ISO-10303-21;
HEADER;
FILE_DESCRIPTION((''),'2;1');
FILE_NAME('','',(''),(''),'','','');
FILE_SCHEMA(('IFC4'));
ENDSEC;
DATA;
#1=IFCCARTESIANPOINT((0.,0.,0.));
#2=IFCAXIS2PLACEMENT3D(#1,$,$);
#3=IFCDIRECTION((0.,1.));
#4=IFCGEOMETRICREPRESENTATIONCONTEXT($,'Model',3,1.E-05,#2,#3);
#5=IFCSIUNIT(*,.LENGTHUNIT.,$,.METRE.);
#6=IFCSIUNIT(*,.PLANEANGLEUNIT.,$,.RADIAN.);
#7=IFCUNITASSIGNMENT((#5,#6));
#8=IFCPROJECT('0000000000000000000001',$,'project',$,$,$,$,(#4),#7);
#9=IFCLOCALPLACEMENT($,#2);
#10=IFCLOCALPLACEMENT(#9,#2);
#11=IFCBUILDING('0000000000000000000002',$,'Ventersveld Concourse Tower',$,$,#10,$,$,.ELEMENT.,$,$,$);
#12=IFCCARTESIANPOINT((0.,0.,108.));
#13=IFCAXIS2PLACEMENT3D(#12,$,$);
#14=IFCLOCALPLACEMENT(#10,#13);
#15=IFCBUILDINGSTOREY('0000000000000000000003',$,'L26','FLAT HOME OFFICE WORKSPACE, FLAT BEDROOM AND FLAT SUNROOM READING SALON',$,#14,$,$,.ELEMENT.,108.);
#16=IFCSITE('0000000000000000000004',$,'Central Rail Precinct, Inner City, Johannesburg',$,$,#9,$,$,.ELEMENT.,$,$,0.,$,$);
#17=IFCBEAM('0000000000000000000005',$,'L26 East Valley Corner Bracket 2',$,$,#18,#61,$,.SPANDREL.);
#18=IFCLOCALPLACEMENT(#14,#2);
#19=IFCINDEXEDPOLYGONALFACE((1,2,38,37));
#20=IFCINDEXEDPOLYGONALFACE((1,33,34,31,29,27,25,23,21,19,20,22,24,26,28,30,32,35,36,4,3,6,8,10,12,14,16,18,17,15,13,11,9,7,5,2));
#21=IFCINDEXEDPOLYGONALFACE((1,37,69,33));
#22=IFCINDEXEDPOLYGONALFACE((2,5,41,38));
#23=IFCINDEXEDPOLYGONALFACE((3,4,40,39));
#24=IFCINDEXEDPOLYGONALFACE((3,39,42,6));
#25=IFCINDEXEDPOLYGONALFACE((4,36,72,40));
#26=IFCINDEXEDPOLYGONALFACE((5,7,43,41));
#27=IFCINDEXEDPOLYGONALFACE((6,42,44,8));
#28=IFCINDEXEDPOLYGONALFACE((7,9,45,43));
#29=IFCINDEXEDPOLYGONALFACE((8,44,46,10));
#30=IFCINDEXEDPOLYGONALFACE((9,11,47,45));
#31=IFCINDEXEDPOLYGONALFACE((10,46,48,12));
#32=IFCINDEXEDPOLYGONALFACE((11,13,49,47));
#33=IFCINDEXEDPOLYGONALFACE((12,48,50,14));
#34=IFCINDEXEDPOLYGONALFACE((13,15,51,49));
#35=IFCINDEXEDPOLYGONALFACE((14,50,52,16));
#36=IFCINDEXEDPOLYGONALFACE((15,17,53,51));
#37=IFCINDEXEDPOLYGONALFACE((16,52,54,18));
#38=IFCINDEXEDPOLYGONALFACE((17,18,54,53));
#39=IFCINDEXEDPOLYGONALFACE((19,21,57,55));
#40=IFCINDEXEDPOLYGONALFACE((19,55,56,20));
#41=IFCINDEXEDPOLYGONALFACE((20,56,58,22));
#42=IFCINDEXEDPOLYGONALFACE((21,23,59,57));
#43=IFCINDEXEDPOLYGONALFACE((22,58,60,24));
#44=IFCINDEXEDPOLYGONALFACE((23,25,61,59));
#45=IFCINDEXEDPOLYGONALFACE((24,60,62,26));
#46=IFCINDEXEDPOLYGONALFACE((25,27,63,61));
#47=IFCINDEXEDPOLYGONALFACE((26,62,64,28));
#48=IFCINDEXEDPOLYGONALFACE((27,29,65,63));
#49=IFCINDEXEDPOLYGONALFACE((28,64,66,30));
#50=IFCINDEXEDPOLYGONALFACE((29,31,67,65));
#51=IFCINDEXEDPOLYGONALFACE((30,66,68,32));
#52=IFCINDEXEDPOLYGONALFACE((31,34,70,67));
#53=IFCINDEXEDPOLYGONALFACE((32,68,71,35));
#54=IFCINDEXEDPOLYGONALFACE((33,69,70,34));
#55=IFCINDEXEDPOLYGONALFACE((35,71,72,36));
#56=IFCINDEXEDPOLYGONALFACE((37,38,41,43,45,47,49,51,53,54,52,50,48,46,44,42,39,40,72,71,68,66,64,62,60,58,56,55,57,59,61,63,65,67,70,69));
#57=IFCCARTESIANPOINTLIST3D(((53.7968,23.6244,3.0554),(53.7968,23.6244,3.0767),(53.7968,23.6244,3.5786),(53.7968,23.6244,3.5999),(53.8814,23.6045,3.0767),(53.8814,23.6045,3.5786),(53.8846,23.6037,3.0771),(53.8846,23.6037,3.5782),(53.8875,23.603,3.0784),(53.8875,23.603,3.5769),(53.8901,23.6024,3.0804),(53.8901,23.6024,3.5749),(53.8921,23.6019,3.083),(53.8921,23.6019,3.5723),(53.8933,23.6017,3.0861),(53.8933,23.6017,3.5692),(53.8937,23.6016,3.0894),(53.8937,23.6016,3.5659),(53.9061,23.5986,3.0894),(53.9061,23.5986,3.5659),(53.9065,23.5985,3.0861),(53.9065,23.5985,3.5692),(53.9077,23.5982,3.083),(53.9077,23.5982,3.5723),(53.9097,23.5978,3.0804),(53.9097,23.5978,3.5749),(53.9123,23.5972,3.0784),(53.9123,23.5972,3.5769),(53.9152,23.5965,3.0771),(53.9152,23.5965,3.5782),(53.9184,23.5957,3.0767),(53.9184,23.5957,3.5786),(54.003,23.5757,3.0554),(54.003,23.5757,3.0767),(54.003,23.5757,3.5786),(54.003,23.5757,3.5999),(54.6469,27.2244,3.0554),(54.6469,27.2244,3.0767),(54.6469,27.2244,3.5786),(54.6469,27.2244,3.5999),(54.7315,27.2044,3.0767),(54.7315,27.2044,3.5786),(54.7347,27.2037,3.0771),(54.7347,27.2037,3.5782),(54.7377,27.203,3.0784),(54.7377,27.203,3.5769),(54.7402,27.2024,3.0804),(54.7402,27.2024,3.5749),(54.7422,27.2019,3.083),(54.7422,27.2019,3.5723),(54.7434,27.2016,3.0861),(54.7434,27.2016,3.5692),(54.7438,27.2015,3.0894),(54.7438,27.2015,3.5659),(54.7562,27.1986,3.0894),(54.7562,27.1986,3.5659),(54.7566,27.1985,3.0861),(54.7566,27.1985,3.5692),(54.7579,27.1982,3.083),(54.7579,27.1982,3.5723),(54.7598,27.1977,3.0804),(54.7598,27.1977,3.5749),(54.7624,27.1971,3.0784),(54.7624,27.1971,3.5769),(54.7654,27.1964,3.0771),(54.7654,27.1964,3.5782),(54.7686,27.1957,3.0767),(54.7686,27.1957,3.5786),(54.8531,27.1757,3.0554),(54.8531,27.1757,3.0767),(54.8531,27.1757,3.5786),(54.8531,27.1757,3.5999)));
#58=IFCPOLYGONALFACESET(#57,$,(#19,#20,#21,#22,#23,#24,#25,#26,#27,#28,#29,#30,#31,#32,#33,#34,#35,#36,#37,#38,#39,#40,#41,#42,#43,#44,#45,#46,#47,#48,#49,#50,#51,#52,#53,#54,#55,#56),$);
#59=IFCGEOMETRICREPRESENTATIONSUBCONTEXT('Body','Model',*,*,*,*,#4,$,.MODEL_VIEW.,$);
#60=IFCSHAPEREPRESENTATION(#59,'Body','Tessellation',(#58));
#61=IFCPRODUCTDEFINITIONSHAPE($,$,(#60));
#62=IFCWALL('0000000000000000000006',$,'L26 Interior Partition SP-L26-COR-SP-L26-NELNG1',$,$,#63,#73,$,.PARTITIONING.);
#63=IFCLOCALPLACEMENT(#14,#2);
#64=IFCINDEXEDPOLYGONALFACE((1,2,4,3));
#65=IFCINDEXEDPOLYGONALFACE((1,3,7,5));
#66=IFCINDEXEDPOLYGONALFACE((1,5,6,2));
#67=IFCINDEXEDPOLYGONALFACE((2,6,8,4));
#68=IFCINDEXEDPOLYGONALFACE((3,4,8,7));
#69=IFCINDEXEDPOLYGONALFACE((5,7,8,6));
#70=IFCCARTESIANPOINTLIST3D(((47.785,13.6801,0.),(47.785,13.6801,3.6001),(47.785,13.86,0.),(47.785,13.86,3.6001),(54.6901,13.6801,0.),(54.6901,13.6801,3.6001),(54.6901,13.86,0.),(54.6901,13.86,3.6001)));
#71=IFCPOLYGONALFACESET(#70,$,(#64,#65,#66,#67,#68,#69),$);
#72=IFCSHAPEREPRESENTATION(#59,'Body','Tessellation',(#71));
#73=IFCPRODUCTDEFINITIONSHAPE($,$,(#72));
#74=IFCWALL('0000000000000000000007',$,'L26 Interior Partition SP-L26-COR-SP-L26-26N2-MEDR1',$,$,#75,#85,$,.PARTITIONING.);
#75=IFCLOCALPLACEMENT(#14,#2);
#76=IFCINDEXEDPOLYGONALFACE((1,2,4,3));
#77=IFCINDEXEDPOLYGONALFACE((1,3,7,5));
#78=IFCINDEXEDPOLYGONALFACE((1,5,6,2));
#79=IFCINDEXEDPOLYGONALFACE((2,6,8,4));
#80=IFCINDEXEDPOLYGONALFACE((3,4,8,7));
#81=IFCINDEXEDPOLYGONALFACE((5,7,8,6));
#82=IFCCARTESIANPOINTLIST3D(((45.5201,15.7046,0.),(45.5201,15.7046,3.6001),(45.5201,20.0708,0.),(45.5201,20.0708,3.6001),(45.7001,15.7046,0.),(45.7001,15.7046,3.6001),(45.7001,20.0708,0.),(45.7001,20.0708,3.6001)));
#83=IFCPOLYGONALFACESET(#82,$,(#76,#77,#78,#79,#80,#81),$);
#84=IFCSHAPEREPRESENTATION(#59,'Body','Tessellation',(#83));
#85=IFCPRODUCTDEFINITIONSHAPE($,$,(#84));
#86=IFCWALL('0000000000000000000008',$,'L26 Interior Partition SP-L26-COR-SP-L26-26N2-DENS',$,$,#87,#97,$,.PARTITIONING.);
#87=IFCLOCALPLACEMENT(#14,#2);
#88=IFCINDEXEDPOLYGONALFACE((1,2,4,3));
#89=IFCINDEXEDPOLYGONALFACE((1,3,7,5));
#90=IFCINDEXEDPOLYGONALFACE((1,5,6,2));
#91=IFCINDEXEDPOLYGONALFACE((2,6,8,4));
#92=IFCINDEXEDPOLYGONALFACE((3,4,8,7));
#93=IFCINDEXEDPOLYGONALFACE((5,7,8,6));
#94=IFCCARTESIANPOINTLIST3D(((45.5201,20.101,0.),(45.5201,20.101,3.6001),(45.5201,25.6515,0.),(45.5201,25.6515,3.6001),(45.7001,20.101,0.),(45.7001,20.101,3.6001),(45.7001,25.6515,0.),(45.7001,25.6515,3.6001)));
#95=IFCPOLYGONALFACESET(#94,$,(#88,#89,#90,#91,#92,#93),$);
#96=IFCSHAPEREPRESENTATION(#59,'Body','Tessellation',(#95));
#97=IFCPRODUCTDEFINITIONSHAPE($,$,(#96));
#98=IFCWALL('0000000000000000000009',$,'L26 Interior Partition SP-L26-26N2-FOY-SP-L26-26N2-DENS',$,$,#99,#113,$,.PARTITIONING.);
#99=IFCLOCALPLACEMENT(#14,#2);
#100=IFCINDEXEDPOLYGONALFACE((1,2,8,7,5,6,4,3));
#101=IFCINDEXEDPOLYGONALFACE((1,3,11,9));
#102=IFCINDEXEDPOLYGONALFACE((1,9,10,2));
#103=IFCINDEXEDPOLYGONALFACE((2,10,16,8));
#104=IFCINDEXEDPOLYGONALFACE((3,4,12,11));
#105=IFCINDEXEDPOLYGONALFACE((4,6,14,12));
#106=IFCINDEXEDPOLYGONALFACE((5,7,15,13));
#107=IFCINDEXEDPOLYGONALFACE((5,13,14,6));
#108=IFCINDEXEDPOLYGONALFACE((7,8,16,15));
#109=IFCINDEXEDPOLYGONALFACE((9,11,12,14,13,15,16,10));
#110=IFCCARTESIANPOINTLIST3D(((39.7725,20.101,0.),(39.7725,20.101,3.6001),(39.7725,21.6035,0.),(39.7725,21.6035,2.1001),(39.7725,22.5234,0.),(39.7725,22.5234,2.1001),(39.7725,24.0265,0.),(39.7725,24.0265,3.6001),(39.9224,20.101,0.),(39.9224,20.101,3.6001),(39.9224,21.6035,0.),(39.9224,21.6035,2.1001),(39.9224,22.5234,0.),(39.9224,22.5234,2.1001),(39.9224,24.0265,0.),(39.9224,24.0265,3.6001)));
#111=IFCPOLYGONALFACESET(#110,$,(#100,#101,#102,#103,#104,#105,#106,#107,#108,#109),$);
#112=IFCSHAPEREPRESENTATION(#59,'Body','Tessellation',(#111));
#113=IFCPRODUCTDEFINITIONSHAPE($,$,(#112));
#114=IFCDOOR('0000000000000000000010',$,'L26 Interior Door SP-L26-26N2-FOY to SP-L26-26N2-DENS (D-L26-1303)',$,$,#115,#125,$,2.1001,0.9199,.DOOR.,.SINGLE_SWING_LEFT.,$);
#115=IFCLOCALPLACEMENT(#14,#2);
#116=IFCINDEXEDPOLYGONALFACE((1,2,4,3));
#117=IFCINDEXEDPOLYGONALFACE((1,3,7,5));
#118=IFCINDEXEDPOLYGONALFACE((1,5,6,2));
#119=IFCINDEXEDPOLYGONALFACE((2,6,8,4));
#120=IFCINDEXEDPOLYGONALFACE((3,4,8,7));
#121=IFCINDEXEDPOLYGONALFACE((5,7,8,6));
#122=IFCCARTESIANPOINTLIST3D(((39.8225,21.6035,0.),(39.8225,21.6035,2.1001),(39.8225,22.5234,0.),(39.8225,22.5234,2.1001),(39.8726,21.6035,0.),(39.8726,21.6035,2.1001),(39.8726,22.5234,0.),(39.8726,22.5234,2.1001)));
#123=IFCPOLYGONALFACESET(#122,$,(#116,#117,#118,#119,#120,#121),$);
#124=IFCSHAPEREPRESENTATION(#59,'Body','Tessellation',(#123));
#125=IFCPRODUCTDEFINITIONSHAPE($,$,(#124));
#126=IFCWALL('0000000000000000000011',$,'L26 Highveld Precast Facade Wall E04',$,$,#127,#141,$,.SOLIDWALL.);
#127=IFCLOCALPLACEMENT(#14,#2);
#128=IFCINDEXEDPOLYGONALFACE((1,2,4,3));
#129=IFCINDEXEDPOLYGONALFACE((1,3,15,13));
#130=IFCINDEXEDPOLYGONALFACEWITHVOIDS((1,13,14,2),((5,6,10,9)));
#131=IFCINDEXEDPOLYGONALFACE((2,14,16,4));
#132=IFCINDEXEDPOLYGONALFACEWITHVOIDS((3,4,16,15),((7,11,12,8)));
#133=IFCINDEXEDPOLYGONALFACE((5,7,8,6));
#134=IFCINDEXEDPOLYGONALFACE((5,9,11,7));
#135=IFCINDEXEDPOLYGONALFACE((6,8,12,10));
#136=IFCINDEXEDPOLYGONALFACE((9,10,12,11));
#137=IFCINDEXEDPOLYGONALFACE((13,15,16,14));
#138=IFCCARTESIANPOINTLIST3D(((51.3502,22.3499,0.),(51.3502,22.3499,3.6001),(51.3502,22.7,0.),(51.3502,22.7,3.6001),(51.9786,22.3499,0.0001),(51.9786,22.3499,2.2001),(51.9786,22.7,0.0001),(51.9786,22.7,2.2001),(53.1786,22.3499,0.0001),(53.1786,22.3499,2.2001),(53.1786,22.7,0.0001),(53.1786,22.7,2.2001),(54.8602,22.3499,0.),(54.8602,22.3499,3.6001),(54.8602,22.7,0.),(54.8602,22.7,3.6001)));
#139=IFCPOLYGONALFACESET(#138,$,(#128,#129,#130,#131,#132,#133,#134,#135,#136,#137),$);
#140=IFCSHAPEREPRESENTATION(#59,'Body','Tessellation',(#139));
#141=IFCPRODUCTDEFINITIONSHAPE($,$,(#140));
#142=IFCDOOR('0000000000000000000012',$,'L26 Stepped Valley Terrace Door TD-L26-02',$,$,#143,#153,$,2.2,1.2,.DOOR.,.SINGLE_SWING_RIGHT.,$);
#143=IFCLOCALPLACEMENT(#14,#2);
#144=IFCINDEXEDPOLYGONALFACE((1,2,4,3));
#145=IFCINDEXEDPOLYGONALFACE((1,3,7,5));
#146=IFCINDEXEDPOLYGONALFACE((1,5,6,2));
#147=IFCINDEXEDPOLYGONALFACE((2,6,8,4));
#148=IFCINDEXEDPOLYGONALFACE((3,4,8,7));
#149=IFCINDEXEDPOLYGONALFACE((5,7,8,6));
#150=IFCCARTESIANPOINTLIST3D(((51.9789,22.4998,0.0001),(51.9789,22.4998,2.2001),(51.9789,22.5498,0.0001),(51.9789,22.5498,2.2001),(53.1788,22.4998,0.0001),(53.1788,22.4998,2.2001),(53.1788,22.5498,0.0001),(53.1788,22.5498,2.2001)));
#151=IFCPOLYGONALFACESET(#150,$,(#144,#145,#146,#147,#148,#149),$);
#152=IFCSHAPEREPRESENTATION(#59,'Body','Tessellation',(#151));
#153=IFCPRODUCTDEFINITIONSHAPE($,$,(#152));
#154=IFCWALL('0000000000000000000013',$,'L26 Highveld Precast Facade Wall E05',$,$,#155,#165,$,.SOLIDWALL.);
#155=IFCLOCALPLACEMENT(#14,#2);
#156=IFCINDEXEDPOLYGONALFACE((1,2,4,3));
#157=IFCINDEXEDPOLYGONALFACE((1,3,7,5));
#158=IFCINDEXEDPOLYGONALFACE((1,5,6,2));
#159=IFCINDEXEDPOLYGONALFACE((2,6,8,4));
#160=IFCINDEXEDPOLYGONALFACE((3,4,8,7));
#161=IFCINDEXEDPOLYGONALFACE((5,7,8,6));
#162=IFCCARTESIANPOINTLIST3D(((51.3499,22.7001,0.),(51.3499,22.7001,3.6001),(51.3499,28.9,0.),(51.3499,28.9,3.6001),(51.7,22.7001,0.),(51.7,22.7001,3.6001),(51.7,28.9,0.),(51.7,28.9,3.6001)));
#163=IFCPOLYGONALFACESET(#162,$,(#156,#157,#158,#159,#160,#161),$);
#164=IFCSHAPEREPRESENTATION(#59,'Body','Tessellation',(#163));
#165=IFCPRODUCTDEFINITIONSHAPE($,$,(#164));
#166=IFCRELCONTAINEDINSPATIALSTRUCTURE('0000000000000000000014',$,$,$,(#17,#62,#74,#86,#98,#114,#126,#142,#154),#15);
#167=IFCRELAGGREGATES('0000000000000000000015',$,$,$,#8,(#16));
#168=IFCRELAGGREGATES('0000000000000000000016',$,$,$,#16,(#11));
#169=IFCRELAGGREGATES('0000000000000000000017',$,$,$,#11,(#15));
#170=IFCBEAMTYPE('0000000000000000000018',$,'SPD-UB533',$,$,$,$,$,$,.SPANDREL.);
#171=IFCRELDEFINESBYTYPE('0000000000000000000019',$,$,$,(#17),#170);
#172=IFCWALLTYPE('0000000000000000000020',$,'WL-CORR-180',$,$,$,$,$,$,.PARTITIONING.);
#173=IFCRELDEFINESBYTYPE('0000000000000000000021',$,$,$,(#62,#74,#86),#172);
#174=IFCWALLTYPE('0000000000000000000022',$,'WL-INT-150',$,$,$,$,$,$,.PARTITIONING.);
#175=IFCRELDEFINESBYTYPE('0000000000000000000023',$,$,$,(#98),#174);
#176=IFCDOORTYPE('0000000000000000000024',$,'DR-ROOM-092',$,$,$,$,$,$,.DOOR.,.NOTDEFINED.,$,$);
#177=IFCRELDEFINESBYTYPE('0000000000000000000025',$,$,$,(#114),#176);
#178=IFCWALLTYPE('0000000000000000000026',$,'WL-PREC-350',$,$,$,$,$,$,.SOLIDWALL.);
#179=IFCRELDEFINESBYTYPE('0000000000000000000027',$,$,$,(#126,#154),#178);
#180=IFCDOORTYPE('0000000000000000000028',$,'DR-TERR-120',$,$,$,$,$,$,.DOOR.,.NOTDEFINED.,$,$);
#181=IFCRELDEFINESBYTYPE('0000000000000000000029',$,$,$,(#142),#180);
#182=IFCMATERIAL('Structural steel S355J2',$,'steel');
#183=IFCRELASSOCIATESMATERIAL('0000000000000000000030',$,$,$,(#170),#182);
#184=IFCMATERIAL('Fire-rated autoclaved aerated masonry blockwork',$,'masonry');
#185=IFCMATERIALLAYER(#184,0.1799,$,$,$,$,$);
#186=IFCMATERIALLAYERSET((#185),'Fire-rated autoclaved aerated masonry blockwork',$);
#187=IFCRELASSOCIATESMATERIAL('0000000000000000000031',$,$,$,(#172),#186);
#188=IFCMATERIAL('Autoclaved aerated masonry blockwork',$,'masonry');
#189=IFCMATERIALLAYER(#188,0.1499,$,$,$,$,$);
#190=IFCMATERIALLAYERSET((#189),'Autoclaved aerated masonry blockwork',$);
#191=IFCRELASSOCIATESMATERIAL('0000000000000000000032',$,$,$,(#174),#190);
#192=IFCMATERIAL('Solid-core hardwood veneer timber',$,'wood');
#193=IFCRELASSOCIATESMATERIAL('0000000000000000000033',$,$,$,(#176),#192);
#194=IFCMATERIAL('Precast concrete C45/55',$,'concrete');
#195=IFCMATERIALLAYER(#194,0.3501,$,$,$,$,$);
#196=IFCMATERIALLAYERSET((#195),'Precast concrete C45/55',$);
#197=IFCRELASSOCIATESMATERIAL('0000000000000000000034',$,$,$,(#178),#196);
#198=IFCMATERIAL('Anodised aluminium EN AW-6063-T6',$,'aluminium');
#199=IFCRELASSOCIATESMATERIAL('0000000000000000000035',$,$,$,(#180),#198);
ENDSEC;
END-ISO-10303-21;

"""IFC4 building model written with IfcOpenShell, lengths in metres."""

from ifc_helpers import new_model, si_unit, direction, frame, frame_2d, origin, origin_2d, place, context, subcontext, project, spatial, rectangle, i_section, extrude, material, layer, layer_set, material_profile, profile_set, type_object, element, fill, save


model = new_model("IFC4")

# Units and contexts
model_context = context("Model", 3, precision=1e-05, world=origin(), true_north=direction((0.0, 1.0)))
body_context = subcontext(model_context, "Body", "Model", "MODEL_VIEW")
ifc_project = project(units=[si_unit("LENGTHUNIT", "METRE"), si_unit("PLANEANGLEUNIT", "RADIAN")], contexts=[model_context])

# Site, building, storey
site_placement = place(None, origin())
site = spatial("IfcSite", under=ifc_project, at=site_placement, Name="Central Rail Precinct, Inner City, Johannesburg", CompositionType="ELEMENT", RefElevation=0.0)
building_placement = place(site_placement, origin())
building = spatial("IfcBuilding", under=site, at=building_placement, Name="Ventersveld Concourse Tower", CompositionType="ELEMENT")
storey_placement = place(building_placement, frame((0.0, 0.0, 108.0)))
storey = spatial("IfcBuildingStorey", under=building, at=storey_placement, Name="L26", Description="FLAT HOME OFFICE WORKSPACE, FLAT BEDROOM AND FLAT SUNROOM READING SALON", CompositionType="ELEMENT", Elevation=108.0)

# Beam
ifc_material_1 = material(Name="Structural steel S355J2", Category="steel")
ifc_material_profile_1 = material_profile(ifc_material_1, i_section(OverallWidth=0.2119, OverallDepth=0.5444, WebThickness=0.0127, FlangeThickness=0.0212, FilletRadius=0.0127, at=origin_2d()), Name="UB 533x210x122")
ifc_profile_set_1 = profile_set([ifc_material_profile_1], Name="Structural steel S355J2")
beam_type_1 = type_object("IfcBeamType", Name="SPD-UB533", PredefinedType="SPANDREL", material=ifc_profile_set_1)
beam_1_placement = place(storey_placement, frame((53.8999, 23.6001, 3.3276), z_axis=(0.229827, 0.973232, 0.0), x_axis=(-0.973232, 0.229827, 0.0)))
element("IfcBeam", 1, at=beam_1_placement, inside=storey, type_object=beam_type_1, Name="L26 East Valley Corner Bracket 2", PredefinedType="SPANDREL", context=body_context, shape_type="SweptSolid", body=[
    extrude(i_section(OverallWidth=0.2119, OverallDepth=0.5444, WebThickness=0.0127, FlangeThickness=0.0212, FilletRadius=0.0127, at=origin_2d()), origin(), (0.0, 0.0, 1.0), 3.699),
])

# Walls
ifc_material_2 = material(Name="Fire-rated autoclaved aerated masonry blockwork", Category="masonry")
ifc_layer_1 = layer(ifc_material_2, 0.1799)
ifc_layer_set_1 = layer_set([ifc_layer_1], Name="Fire-rated autoclaved aerated masonry blockwork")
wall_type_1 = type_object("IfcWallType", Name="WL-CORR-180", PredefinedType="PARTITIONING", material=ifc_layer_set_1)
wall_1_placement = place(storey_placement, frame((47.7849, 13.77, 0.0), z_axis=(0.0, 0.0, 1.0), x_axis=(1.0, 0.0, 0.0)))
element("IfcWall", 2, at=wall_1_placement, inside=storey, type_object=wall_type_1, Name="L26 Interior Partition SP-L26-COR-SP-L26-NELNG1", PredefinedType="PARTITIONING", context=body_context, shape_type="SweptSolid", body=[
    extrude(rectangle(XDim=6.905, YDim=0.1799, at=frame_2d((3.4526, 0.0))), origin(), (0.0, 0.0, 1.0), 3.6001),
])
wall_2_placement = place(storey_placement, frame((45.6101, 15.7046, 0.0), z_axis=(0.0, 0.0, 1.0), x_axis=(0.0, 1.0, 0.0)))
element("IfcWall", 3, at=wall_2_placement, inside=storey, type_object=wall_type_1, Name="L26 Interior Partition SP-L26-COR-SP-L26-26N2-MEDR1", PredefinedType="PARTITIONING", context=body_context, shape_type="SweptSolid", body=[
    extrude(rectangle(XDim=4.3662, YDim=0.1799, at=frame_2d((2.1831, 0.0))), origin(), (0.0, 0.0, 1.0), 3.6001),
])
wall_3_placement = place(storey_placement, frame((45.6101, 20.1008, 0.0), z_axis=(0.0, 0.0, 1.0), x_axis=(0.0, 1.0, 0.0)))
element("IfcWall", 4, at=wall_3_placement, inside=storey, type_object=wall_type_1, Name="L26 Interior Partition SP-L26-COR-SP-L26-26N2-DENS", PredefinedType="PARTITIONING", context=body_context, shape_type="SweptSolid", body=[
    extrude(rectangle(XDim=5.5505, YDim=0.1799, at=frame_2d((2.7754, 0.0))), origin(), (0.0, 0.0, 1.0), 3.6001),
])

# Walls, openings, doors
ifc_material_3 = material(Name="Autoclaved aerated masonry blockwork", Category="masonry")
ifc_layer_2 = layer(ifc_material_3, 0.1499)
ifc_layer_set_2 = layer_set([ifc_layer_2], Name="Autoclaved aerated masonry blockwork")
wall_type_2 = type_object("IfcWallType", Name="WL-INT-150", PredefinedType="PARTITIONING", material=ifc_layer_set_2)
wall_4_placement = place(storey_placement, frame((39.8474, 20.1008, 0.0), z_axis=(0.0, 0.0, 1.0), x_axis=(0.0, 1.0, 0.0)))
wall_4 = element("IfcWall", 5, at=wall_4_placement, inside=storey, type_object=wall_type_2, Name="L26 Interior Partition SP-L26-26N2-FOY-SP-L26-26N2-DENS", PredefinedType="PARTITIONING", context=body_context, shape_type="SweptSolid", body=[
    extrude(rectangle(XDim=3.9255, YDim=0.1499, at=frame_2d((1.9629, 0.0))), origin(), (0.0, 0.0, 1.0), 3.6001),
])
opening_1_placement = place(wall_4_placement, frame((1.5027, 0.0, 0.0)))
opening_1 = element("IfcOpeningElement", 6, at=opening_1_placement, cuts=wall_4, PredefinedType="OPENING", context=body_context, shape_type="SweptSolid", body=[
    extrude(rectangle(XDim=0.9199, YDim=2.1001, at=frame_2d((0.46, 1.05))), frame((0.0, 0.085, 0.0), z_axis=(0.0, -1.0, 0.0), x_axis=(1.0, 0.0, 0.0)), (0.0, 0.0, 1.0), 0.1699),
])
ifc_material_4 = material(Name="Solid-core hardwood veneer timber", Category="wood")
door_type_1 = type_object("IfcDoorType", Name="DR-ROOM-092", OperationType="NOTDEFINED", PredefinedType="DOOR", material=ifc_material_4)
door_1_placement = place(opening_1_placement, origin())
door_1 = element("IfcDoor", 7, at=door_1_placement, inside=storey, type_object=door_type_1, Name="L26 Interior Door SP-L26-26N2-FOY to SP-L26-26N2-DENS (D-L26-1303)", OperationType="SINGLE_SWING_LEFT", OverallHeight=2.1001, OverallWidth=0.9199, PredefinedType="DOOR", context=body_context, shape_type="SweptSolid", body=[
    extrude(rectangle(XDim=0.9199, YDim=2.1001, at=frame_2d((0.46, 1.05))), frame((0.0, 0.0249, 0.0), z_axis=(0.0, -1.0, 0.0), x_axis=(1.0, 0.0, 0.0)), (0.0, 0.0, 1.0), 0.05),
])
fill(opening_1, door_1)
ifc_material_5 = material(Name="Precast concrete C45/55", Category="concrete")
ifc_layer_3 = layer(ifc_material_5, 0.3501)
ifc_layer_set_3 = layer_set([ifc_layer_3], Name="Precast concrete C45/55")
wall_type_3 = type_object("IfcWallType", Name="WL-PREC-350", PredefinedType="SOLIDWALL", material=ifc_layer_set_3)
wall_5_placement = place(storey_placement, frame((54.8601, 22.5249, 0.0), z_axis=(0.0, 0.0, 1.0), x_axis=(-1.0, 0.0, 0.0)))
wall_5 = element("IfcWall", 8, at=wall_5_placement, inside=storey, type_object=wall_type_3, Name="L26 Highveld Precast Facade Wall E04", PredefinedType="SOLIDWALL", context=body_context, shape_type="SweptSolid", body=[
    extrude(rectangle(XDim=3.51, YDim=0.3501, at=frame_2d((1.7549, 0.0))), origin(), (0.0, 0.0, 1.0), 3.6001),
])
opening_2_placement = place(wall_5_placement, frame((1.6814, 0.0, 0.0)))
opening_2 = element("IfcOpeningElement", 9, at=opening_2_placement, cuts=wall_5, PredefinedType="OPENING", context=body_context, shape_type="SweptSolid", body=[
    extrude(rectangle(XDim=1.2, YDim=2.2, at=frame_2d((0.6001, 1.1001))), frame((0.0, 0.1851, 0.0), z_axis=(0.0, -1.0, 0.0), x_axis=(1.0, 0.0, 0.0)), (0.0, 0.0, 1.0), 0.3701),
])
ifc_material_6 = material(Name="Anodised aluminium EN AW-6063-T6", Category="aluminium")
door_type_2 = type_object("IfcDoorType", Name="DR-TERR-120", OperationType="NOTDEFINED", PredefinedType="DOOR", material=ifc_material_6)
door_2_placement = place(opening_2_placement, frame((1.2, 0.0, 0.0), z_axis=(0.0, 0.0, 1.0), x_axis=(-1.0, 0.0, 0.0)))
door_2 = element("IfcDoor", 10, at=door_2_placement, inside=storey, type_object=door_type_2, Name="L26 Stepped Valley Terrace Door TD-L26-02", OperationType="SINGLE_SWING_RIGHT", OverallHeight=2.2, OverallWidth=1.2, PredefinedType="DOOR", context=body_context, shape_type="SweptSolid", body=[
    extrude(rectangle(XDim=1.2, YDim=2.2, at=frame_2d((0.6001, 1.1001))), frame((0.0, 0.0249, 0.0), z_axis=(0.0, -1.0, 0.0), x_axis=(1.0, 0.0, 0.0)), (0.0, 0.0, 1.0), 0.05),
])
fill(opening_2, door_2)

# Wall
wall_6_placement = place(storey_placement, frame((51.5249, 22.7, 0.0), z_axis=(0.0, 0.0, 1.0), x_axis=(0.0, 1.0, 0.0)))
element("IfcWall", 11, at=wall_6_placement, inside=storey, type_object=wall_type_3, Name="L26 Highveld Precast Facade Wall E05", PredefinedType="SOLIDWALL", context=body_context, shape_type="SweptSolid", body=[
    extrude(rectangle(XDim=6.2, YDim=0.3501, at=frame_2d((3.1001, 0.0))), origin(), (0.0, 0.0, 1.0), 3.6001),
])

save(model, "model.ifc")
